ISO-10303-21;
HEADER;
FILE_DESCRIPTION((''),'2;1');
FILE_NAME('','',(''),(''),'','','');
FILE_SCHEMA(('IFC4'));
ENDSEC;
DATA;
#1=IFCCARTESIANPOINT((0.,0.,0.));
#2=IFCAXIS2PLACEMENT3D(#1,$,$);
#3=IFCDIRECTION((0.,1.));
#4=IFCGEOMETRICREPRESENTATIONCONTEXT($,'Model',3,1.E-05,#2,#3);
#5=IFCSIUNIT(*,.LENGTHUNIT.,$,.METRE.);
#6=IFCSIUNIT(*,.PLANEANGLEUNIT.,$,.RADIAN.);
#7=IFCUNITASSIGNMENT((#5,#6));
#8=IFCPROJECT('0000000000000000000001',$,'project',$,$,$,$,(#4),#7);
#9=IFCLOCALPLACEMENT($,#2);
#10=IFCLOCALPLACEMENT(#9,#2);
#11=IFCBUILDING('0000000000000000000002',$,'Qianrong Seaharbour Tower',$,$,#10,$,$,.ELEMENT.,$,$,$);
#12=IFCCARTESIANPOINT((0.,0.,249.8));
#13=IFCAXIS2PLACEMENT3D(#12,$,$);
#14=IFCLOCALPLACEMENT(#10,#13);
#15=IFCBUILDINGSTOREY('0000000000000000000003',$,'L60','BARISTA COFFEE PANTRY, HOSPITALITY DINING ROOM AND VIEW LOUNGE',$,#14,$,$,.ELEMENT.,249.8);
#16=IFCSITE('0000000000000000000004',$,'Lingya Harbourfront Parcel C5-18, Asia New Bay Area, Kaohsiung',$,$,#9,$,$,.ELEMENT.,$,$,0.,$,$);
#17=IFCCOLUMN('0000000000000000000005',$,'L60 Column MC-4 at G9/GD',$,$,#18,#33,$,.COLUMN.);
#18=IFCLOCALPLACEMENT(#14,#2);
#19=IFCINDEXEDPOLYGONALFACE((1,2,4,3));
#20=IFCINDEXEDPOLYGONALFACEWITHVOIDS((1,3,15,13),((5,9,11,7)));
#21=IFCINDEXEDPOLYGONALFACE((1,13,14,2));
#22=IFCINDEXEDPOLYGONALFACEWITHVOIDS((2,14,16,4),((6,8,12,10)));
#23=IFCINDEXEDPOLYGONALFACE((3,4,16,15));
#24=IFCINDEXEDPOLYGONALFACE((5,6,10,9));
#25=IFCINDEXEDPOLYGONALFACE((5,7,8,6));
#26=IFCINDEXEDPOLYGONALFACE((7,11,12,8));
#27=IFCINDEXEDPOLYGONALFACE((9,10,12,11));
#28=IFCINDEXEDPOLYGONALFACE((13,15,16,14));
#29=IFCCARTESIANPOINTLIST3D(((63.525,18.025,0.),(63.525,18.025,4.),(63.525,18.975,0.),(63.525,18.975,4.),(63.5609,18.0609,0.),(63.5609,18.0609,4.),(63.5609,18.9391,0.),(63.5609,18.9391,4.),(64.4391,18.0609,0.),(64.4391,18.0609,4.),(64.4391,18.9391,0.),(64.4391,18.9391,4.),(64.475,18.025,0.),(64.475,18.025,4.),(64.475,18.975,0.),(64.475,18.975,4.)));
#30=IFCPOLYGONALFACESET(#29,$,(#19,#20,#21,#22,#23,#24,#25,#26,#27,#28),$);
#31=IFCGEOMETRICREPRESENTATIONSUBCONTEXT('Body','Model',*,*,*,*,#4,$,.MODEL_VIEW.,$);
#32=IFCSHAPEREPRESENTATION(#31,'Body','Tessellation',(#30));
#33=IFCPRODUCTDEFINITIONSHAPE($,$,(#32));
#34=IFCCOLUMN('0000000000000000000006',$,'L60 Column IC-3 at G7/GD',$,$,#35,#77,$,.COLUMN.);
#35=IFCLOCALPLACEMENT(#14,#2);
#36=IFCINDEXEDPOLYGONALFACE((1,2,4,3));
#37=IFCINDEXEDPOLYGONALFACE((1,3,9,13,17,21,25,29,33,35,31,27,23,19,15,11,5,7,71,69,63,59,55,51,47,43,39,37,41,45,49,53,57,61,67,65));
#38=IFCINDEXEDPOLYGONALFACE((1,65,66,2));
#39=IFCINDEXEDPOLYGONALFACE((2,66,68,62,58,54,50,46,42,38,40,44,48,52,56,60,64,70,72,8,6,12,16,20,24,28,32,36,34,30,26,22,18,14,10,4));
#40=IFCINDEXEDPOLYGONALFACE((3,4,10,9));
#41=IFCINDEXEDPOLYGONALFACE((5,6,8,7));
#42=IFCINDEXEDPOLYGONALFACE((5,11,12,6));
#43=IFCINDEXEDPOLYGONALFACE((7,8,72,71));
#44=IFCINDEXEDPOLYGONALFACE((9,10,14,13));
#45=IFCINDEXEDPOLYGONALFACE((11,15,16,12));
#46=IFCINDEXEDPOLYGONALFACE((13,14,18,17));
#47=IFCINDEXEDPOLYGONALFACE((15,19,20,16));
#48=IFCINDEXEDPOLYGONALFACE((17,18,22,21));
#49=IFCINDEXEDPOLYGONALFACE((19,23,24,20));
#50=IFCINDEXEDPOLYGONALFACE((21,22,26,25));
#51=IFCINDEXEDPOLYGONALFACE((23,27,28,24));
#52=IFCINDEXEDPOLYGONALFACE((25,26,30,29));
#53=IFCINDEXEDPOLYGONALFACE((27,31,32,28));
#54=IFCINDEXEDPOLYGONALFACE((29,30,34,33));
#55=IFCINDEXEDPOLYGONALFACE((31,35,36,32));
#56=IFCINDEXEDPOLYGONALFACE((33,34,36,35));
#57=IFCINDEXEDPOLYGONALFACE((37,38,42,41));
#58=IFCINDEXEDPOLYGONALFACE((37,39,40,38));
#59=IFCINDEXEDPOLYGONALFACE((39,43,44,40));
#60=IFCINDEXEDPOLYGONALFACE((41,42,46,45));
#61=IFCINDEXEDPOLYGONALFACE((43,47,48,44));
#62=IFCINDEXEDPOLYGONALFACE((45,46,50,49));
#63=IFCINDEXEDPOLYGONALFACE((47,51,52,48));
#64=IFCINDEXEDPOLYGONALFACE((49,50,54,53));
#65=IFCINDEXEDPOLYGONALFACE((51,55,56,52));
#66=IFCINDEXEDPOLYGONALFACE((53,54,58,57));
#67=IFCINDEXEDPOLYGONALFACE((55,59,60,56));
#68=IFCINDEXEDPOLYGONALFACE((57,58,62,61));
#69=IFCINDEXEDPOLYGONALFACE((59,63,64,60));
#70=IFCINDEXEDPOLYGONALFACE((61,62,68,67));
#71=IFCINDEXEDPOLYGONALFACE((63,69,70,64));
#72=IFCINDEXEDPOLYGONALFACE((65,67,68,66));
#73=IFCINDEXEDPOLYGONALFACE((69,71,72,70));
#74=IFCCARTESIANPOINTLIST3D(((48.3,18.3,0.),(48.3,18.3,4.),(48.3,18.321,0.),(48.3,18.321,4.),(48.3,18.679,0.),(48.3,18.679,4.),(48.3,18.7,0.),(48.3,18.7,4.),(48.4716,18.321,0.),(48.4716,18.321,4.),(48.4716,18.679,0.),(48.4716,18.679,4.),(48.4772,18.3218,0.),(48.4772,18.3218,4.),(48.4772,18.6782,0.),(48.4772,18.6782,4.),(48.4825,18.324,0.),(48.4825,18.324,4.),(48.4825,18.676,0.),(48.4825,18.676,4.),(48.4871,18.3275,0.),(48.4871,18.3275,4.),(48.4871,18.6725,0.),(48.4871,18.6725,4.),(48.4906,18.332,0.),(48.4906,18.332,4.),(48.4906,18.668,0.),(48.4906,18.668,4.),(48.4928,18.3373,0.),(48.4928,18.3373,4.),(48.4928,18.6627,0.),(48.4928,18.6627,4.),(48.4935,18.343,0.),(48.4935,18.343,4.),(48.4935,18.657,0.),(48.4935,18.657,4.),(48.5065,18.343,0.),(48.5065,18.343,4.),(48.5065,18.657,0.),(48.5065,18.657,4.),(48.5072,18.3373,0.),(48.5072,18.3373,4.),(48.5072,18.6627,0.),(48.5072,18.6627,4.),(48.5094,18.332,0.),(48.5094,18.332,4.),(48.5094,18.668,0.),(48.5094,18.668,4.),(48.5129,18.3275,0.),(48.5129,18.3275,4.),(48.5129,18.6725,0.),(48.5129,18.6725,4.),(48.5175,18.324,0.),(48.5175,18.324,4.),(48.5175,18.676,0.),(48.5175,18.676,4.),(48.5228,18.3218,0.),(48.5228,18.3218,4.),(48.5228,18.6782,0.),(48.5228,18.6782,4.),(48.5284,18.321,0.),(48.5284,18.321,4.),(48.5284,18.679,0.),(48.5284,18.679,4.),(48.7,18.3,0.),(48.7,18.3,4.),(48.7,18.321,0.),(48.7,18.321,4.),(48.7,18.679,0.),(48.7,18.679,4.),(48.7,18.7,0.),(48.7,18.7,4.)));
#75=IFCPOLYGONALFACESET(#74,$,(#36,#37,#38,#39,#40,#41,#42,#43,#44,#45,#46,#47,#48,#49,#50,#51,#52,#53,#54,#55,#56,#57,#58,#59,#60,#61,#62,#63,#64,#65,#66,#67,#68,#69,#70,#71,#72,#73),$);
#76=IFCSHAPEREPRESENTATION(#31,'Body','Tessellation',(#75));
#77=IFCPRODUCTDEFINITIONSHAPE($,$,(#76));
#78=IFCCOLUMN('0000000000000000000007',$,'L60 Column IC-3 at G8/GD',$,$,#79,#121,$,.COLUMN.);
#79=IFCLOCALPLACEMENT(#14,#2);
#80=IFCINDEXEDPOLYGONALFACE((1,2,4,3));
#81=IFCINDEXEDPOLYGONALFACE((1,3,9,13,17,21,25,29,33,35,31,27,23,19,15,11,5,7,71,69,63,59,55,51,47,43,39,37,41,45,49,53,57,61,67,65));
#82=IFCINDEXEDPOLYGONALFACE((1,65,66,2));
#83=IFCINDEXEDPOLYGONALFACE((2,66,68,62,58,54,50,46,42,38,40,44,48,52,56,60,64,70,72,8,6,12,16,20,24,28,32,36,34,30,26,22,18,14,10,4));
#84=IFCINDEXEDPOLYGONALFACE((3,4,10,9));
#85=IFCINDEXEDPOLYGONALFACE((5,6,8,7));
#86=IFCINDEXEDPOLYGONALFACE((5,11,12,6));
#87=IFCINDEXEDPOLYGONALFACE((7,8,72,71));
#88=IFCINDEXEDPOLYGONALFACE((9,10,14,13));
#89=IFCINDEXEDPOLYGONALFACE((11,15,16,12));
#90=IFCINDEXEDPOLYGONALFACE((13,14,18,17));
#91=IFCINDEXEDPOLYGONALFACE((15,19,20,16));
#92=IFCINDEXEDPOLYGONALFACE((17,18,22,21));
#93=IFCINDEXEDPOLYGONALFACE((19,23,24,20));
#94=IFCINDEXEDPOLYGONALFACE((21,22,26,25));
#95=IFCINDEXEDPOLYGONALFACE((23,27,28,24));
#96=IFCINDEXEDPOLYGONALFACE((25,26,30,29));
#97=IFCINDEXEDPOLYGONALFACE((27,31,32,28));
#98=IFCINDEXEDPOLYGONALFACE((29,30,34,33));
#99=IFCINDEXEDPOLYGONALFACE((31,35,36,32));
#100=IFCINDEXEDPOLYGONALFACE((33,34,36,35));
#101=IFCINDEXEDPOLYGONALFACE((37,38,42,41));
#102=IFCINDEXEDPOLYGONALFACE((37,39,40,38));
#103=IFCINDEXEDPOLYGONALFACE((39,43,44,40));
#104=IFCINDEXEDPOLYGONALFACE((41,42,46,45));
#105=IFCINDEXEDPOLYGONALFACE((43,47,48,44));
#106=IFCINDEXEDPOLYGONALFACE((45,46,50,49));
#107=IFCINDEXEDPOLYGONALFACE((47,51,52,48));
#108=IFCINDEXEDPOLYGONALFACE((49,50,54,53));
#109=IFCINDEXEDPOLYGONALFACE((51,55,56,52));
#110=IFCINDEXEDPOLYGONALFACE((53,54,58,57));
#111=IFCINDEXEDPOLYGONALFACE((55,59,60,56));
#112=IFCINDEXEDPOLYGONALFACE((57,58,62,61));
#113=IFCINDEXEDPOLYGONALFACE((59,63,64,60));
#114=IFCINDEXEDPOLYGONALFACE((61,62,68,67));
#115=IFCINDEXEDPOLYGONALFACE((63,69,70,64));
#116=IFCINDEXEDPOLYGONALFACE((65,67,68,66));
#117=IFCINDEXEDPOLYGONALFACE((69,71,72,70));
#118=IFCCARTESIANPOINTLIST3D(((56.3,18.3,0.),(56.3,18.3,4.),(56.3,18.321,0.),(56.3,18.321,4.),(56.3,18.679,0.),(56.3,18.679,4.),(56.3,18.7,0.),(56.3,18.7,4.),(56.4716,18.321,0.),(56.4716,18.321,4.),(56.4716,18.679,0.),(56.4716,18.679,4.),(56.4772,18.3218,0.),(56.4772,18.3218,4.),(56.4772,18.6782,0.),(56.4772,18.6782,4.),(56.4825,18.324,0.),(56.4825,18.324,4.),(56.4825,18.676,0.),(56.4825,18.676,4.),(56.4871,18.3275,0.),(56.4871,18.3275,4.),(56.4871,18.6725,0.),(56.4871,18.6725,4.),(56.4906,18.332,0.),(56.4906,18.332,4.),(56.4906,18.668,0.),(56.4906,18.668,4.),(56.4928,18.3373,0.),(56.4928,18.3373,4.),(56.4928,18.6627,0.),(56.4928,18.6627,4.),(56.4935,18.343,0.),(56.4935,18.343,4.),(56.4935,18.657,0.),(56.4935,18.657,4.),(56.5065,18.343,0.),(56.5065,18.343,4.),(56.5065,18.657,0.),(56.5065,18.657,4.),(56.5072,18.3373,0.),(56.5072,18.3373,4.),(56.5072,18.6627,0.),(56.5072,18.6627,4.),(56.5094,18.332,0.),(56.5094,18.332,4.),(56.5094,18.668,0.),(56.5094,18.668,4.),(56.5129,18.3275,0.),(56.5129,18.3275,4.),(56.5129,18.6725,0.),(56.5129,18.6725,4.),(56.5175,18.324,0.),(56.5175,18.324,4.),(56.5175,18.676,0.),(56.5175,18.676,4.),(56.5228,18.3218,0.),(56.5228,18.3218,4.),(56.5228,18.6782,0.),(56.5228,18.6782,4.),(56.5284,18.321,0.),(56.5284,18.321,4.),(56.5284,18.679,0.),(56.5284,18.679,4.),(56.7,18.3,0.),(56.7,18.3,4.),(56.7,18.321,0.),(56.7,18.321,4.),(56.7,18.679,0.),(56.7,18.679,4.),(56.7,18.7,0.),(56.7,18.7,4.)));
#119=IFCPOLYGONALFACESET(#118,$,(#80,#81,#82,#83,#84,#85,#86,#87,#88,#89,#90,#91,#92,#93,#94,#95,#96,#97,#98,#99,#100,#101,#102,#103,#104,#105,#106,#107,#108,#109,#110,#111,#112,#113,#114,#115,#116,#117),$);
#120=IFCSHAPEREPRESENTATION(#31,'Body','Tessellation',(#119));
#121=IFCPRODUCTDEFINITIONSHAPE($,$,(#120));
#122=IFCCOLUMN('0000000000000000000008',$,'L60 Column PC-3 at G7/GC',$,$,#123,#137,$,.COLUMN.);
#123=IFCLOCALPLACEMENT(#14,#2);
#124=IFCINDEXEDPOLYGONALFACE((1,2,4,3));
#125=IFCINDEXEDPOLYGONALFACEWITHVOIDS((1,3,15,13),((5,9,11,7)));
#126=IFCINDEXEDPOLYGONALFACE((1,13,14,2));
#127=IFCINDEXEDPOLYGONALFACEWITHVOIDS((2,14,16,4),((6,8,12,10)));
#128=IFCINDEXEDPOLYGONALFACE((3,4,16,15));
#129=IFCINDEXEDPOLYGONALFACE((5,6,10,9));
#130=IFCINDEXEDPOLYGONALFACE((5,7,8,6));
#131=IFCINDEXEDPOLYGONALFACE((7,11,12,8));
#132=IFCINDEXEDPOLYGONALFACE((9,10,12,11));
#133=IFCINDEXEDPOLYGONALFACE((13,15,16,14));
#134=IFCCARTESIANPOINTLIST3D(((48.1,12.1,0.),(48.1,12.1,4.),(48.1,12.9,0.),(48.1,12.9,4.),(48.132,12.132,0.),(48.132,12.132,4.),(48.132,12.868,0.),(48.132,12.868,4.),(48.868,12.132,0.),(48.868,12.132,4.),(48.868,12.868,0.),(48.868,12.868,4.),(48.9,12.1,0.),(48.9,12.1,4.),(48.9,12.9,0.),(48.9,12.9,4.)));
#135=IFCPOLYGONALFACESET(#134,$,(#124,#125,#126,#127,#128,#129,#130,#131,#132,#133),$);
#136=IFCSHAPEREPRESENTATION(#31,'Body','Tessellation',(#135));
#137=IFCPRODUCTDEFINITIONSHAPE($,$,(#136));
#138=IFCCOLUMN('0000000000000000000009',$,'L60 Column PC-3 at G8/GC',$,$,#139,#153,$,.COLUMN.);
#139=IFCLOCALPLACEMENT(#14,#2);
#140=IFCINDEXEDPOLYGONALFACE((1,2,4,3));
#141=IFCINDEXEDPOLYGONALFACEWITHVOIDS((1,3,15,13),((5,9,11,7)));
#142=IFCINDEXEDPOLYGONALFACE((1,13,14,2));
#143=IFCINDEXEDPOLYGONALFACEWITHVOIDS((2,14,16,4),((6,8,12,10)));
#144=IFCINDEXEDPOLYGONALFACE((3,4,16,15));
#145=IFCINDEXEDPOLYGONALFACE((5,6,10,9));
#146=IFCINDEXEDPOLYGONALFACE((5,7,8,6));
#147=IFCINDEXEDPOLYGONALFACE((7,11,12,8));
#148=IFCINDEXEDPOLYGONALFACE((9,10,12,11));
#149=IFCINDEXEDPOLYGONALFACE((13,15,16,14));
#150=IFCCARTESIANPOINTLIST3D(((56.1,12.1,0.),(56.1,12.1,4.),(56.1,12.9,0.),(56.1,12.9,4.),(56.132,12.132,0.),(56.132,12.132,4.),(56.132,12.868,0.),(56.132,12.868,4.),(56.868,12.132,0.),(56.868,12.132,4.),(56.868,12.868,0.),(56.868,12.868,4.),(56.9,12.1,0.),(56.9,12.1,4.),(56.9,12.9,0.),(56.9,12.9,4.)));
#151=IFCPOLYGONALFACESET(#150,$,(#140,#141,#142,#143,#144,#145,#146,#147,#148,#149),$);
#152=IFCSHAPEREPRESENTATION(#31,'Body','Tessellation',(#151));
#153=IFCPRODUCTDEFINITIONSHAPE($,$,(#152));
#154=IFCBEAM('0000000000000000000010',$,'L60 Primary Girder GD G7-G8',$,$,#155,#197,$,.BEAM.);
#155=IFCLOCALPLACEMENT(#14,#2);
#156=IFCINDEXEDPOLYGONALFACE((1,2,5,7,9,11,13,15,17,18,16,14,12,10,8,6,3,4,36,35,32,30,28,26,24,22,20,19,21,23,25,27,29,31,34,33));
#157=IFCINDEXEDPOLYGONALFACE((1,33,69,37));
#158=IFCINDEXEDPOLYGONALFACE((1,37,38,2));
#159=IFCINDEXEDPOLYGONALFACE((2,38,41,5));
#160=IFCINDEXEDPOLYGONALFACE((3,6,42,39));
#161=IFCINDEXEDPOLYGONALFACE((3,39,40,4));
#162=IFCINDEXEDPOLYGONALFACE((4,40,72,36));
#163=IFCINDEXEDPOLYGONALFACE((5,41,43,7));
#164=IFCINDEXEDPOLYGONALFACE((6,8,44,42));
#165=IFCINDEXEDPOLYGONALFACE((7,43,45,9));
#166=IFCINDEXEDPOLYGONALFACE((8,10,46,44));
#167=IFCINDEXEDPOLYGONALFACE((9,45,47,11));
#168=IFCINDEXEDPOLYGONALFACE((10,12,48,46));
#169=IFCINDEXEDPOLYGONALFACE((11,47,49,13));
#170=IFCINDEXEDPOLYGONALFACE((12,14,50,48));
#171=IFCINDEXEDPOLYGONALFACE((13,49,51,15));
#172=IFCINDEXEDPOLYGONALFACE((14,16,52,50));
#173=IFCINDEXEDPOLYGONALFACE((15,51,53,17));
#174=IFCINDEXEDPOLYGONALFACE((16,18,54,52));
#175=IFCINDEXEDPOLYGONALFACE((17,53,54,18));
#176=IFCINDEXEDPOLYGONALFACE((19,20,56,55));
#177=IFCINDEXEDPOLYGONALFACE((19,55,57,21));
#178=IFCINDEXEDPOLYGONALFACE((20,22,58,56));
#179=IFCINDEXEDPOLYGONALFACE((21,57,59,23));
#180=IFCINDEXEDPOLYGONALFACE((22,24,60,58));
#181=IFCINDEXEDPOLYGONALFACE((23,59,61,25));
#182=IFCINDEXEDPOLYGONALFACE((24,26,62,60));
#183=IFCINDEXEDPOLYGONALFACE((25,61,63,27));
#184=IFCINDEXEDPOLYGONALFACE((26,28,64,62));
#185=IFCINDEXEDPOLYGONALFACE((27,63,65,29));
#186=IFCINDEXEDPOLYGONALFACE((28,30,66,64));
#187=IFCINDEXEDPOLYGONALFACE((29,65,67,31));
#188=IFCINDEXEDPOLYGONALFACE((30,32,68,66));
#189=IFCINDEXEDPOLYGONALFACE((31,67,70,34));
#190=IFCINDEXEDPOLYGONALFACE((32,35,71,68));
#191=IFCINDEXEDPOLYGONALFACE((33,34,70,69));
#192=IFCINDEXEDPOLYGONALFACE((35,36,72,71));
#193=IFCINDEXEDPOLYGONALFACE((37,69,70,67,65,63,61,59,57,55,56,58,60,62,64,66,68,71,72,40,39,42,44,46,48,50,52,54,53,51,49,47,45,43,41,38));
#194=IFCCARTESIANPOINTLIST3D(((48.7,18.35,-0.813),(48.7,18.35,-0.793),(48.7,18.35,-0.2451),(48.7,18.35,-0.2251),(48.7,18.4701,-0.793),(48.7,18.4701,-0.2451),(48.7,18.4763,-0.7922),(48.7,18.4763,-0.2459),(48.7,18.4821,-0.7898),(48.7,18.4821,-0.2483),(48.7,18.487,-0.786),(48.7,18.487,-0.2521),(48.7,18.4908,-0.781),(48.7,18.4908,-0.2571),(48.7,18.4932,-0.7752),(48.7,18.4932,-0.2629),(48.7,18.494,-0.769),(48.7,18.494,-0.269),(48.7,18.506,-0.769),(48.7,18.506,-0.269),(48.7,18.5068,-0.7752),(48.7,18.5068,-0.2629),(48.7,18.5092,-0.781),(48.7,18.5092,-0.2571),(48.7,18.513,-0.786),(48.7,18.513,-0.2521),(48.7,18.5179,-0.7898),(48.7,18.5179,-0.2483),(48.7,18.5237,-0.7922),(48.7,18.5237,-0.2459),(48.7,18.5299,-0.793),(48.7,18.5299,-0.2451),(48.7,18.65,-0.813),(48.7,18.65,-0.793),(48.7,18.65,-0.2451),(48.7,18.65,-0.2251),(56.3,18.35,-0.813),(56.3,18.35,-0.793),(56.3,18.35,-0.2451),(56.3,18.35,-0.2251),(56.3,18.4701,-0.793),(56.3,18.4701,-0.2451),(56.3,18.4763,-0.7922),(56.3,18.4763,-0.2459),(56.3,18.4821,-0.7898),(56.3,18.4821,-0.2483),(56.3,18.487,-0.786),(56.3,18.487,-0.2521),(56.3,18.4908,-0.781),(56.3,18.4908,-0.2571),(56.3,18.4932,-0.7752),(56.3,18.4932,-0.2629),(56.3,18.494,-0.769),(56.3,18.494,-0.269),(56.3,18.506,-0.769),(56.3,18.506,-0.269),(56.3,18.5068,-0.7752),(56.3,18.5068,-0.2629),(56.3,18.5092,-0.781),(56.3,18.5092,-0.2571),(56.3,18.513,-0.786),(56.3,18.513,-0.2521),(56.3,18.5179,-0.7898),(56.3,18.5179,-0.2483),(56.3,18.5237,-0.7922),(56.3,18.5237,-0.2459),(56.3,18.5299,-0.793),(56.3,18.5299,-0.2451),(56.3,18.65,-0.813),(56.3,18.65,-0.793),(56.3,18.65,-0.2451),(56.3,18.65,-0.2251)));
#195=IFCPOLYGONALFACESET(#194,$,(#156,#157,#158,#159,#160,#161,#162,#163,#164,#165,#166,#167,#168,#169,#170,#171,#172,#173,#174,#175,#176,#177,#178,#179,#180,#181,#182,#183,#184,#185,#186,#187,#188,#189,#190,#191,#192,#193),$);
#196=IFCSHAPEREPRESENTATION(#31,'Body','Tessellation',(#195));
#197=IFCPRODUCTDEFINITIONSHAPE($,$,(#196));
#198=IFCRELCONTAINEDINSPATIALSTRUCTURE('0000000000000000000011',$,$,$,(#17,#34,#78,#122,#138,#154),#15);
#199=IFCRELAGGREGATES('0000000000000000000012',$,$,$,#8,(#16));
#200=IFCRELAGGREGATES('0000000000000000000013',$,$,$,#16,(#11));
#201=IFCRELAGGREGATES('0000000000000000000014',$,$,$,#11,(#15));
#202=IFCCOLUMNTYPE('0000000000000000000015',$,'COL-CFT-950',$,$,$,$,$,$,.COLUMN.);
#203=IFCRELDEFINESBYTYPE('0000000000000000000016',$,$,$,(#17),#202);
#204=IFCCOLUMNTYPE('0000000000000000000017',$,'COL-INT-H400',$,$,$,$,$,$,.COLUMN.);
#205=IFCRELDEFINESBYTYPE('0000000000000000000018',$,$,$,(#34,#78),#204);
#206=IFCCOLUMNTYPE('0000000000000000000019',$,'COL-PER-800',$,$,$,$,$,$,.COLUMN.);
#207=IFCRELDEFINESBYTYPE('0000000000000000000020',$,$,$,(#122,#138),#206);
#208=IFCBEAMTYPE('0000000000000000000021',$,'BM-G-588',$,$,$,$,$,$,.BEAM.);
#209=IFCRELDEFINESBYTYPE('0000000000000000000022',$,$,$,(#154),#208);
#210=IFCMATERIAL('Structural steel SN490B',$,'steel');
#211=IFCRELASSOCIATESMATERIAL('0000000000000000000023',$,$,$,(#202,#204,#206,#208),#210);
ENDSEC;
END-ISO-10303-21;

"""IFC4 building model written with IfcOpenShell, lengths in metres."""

from ifc_helpers import new_model, si_unit, direction, frame, origin, origin_2d, place, context, subcontext, project, spatial, hollow_rectangle, i_section, extrude, material, material_profile, profile_set, type_object, element, save


model = new_model("IFC4")

# Units and contexts
model_context = context("Model", 3, precision=1e-05, world=origin(), true_north=direction((0.0, 1.0)))
body_context = subcontext(model_context, "Body", "Model", "MODEL_VIEW")
ifc_project = project(units=[si_unit("LENGTHUNIT", "METRE"), si_unit("PLANEANGLEUNIT", "RADIAN")], contexts=[model_context])

# Site, building, storey
site_placement = place(None, origin())
site = spatial("IfcSite", under=ifc_project, at=site_placement, Name="Lingya Harbourfront Parcel C5-18, Asia New Bay Area, Kaohsiung", CompositionType="ELEMENT", RefElevation=0.0)
building_placement = place(site_placement, origin())
building = spatial("IfcBuilding", under=site, at=building_placement, Name="Qianrong Seaharbour Tower", CompositionType="ELEMENT")
storey_placement = place(building_placement, frame((0.0, 0.0, 249.8)))
storey = spatial("IfcBuildingStorey", under=building, at=storey_placement, Name="L60", Description="BARISTA COFFEE PANTRY, HOSPITALITY DINING ROOM AND VIEW LOUNGE", CompositionType="ELEMENT", Elevation=249.8)

# Columns
ifc_material_1 = material(Name="Structural steel SN490B", Category="steel")
ifc_material_profile_1 = material_profile(ifc_material_1, hollow_rectangle(XDim=0.95, YDim=0.95, WallThickness=0.0359, at=origin_2d()), Name="BOX950x950x36")
ifc_profile_set_1 = profile_set([ifc_material_profile_1], Name="Structural steel SN490B")
column_type_1 = type_object("IfcColumnType", Name="COL-CFT-950", PredefinedType="COLUMN", material=ifc_profile_set_1)
column_placement = place(storey_placement, frame((64.0, 18.5, 0.0), z_axis=(0.0, 0.0, 1.0), x_axis=(1.0, 0.0, 0.0)))
element("IfcColumn", 1, at=column_placement, inside=storey, type_object=column_type_1, Name="L60 Column MC-4 at G9/GD", PredefinedType="COLUMN", context=body_context, shape_type="SweptSolid", body=[
    extrude(hollow_rectangle(XDim=0.95, YDim=0.95, WallThickness=0.0359, at=origin_2d()), origin(), (0.0, 0.0, 1.0), 4.0),
])
ifc_material_profile_2 = material_profile(ifc_material_1, i_section(OverallWidth=0.3999, OverallDepth=0.3999, WebThickness=0.0129, FlangeThickness=0.021, FilletRadius=0.022, at=origin_2d()), Name="H400x400x13x21")
ifc_profile_set_2 = profile_set([ifc_material_profile_2], Name="Structural steel SN490B")
column_type_2 = type_object("IfcColumnType", Name="COL-INT-H400", PredefinedType="COLUMN", material=ifc_profile_set_2)
for number, where, z_axis, x_axis, name in (
    (2, (48.5, 18.5, 0.0), (0.0, 0.0, 1.0), (1.0, 0.0, 0.0), "L60 Column IC-3 at G7/GD"),
    (3, (56.5, 18.5, 0.0), (0.0, 0.0, 1.0), (1.0, 0.0, 0.0), "L60 Column IC-3 at G8/GD"),
):
    element("IfcColumn", number, at=place(storey_placement, frame(where, z_axis=z_axis, x_axis=x_axis)), inside=storey, type_object=column_type_2, Name=name, PredefinedType="COLUMN", context=body_context, shape_type="SweptSolid", body=[
        extrude(i_section(OverallWidth=0.3999, OverallDepth=0.3999, WebThickness=0.0129, FlangeThickness=0.021, FilletRadius=0.022, at=origin_2d()), origin(), (0.0, 0.0, 1.0), 4.0),
    ])
ifc_material_profile_3 = material_profile(ifc_material_1, hollow_rectangle(XDim=0.8, YDim=0.8, WallThickness=0.032, at=origin_2d()), Name="BOX800x800x32")
ifc_profile_set_3 = profile_set([ifc_material_profile_3], Name="Structural steel SN490B")
column_type_3 = type_object("IfcColumnType", Name="COL-PER-800", PredefinedType="COLUMN", material=ifc_profile_set_3)
for number, where, z_axis, x_axis, name in (
    (4, (48.5, 12.5, 0.0), (0.0, 0.0, 1.0), (1.0, 0.0, 0.0), "L60 Column PC-3 at G7/GC"),
    (5, (56.5, 12.5, 0.0), (0.0, 0.0, 1.0), (1.0, 0.0, 0.0), "L60 Column PC-3 at G8/GC"),
):
    element("IfcColumn", number, at=place(storey_placement, frame(where, z_axis=z_axis, x_axis=x_axis)), inside=storey, type_object=column_type_3, Name=name, PredefinedType="COLUMN", context=body_context, shape_type="SweptSolid", body=[
        extrude(hollow_rectangle(XDim=0.8, YDim=0.8, WallThickness=0.032, at=origin_2d()), origin(), (0.0, 0.0, 1.0), 4.0),
    ])

# Beam
ifc_material_profile_4 = material_profile(ifc_material_1, i_section(OverallWidth=0.3, OverallDepth=0.5879, WebThickness=0.012, FlangeThickness=0.02, FilletRadius=0.0239, at=origin_2d()), Name="H588x300x12x20")
ifc_profile_set_4 = profile_set([ifc_material_profile_4], Name="Structural steel SN490B")
beam_type_1 = type_object("IfcBeamType", Name="BM-G-588", PredefinedType="BEAM", material=ifc_profile_set_4)
beam_1_placement = place(storey_placement, frame((48.7, 18.5, -0.519), z_axis=(1.0, 0.0, 0.0), x_axis=(0.0, 1.0, 0.0)))
element("IfcBeam", 6, at=beam_1_placement, inside=storey, type_object=beam_type_1, Name="L60 Primary Girder GD G7-G8", PredefinedType="BEAM", context=body_context, shape_type="SweptSolid", body=[
    extrude(i_section(OverallWidth=0.3, OverallDepth=0.5879, WebThickness=0.012, FlangeThickness=0.02, FilletRadius=0.0239, at=origin_2d()), origin(), (0.0, 0.0, 1.0), 7.6001),
])

save(model, "model.ifc")
